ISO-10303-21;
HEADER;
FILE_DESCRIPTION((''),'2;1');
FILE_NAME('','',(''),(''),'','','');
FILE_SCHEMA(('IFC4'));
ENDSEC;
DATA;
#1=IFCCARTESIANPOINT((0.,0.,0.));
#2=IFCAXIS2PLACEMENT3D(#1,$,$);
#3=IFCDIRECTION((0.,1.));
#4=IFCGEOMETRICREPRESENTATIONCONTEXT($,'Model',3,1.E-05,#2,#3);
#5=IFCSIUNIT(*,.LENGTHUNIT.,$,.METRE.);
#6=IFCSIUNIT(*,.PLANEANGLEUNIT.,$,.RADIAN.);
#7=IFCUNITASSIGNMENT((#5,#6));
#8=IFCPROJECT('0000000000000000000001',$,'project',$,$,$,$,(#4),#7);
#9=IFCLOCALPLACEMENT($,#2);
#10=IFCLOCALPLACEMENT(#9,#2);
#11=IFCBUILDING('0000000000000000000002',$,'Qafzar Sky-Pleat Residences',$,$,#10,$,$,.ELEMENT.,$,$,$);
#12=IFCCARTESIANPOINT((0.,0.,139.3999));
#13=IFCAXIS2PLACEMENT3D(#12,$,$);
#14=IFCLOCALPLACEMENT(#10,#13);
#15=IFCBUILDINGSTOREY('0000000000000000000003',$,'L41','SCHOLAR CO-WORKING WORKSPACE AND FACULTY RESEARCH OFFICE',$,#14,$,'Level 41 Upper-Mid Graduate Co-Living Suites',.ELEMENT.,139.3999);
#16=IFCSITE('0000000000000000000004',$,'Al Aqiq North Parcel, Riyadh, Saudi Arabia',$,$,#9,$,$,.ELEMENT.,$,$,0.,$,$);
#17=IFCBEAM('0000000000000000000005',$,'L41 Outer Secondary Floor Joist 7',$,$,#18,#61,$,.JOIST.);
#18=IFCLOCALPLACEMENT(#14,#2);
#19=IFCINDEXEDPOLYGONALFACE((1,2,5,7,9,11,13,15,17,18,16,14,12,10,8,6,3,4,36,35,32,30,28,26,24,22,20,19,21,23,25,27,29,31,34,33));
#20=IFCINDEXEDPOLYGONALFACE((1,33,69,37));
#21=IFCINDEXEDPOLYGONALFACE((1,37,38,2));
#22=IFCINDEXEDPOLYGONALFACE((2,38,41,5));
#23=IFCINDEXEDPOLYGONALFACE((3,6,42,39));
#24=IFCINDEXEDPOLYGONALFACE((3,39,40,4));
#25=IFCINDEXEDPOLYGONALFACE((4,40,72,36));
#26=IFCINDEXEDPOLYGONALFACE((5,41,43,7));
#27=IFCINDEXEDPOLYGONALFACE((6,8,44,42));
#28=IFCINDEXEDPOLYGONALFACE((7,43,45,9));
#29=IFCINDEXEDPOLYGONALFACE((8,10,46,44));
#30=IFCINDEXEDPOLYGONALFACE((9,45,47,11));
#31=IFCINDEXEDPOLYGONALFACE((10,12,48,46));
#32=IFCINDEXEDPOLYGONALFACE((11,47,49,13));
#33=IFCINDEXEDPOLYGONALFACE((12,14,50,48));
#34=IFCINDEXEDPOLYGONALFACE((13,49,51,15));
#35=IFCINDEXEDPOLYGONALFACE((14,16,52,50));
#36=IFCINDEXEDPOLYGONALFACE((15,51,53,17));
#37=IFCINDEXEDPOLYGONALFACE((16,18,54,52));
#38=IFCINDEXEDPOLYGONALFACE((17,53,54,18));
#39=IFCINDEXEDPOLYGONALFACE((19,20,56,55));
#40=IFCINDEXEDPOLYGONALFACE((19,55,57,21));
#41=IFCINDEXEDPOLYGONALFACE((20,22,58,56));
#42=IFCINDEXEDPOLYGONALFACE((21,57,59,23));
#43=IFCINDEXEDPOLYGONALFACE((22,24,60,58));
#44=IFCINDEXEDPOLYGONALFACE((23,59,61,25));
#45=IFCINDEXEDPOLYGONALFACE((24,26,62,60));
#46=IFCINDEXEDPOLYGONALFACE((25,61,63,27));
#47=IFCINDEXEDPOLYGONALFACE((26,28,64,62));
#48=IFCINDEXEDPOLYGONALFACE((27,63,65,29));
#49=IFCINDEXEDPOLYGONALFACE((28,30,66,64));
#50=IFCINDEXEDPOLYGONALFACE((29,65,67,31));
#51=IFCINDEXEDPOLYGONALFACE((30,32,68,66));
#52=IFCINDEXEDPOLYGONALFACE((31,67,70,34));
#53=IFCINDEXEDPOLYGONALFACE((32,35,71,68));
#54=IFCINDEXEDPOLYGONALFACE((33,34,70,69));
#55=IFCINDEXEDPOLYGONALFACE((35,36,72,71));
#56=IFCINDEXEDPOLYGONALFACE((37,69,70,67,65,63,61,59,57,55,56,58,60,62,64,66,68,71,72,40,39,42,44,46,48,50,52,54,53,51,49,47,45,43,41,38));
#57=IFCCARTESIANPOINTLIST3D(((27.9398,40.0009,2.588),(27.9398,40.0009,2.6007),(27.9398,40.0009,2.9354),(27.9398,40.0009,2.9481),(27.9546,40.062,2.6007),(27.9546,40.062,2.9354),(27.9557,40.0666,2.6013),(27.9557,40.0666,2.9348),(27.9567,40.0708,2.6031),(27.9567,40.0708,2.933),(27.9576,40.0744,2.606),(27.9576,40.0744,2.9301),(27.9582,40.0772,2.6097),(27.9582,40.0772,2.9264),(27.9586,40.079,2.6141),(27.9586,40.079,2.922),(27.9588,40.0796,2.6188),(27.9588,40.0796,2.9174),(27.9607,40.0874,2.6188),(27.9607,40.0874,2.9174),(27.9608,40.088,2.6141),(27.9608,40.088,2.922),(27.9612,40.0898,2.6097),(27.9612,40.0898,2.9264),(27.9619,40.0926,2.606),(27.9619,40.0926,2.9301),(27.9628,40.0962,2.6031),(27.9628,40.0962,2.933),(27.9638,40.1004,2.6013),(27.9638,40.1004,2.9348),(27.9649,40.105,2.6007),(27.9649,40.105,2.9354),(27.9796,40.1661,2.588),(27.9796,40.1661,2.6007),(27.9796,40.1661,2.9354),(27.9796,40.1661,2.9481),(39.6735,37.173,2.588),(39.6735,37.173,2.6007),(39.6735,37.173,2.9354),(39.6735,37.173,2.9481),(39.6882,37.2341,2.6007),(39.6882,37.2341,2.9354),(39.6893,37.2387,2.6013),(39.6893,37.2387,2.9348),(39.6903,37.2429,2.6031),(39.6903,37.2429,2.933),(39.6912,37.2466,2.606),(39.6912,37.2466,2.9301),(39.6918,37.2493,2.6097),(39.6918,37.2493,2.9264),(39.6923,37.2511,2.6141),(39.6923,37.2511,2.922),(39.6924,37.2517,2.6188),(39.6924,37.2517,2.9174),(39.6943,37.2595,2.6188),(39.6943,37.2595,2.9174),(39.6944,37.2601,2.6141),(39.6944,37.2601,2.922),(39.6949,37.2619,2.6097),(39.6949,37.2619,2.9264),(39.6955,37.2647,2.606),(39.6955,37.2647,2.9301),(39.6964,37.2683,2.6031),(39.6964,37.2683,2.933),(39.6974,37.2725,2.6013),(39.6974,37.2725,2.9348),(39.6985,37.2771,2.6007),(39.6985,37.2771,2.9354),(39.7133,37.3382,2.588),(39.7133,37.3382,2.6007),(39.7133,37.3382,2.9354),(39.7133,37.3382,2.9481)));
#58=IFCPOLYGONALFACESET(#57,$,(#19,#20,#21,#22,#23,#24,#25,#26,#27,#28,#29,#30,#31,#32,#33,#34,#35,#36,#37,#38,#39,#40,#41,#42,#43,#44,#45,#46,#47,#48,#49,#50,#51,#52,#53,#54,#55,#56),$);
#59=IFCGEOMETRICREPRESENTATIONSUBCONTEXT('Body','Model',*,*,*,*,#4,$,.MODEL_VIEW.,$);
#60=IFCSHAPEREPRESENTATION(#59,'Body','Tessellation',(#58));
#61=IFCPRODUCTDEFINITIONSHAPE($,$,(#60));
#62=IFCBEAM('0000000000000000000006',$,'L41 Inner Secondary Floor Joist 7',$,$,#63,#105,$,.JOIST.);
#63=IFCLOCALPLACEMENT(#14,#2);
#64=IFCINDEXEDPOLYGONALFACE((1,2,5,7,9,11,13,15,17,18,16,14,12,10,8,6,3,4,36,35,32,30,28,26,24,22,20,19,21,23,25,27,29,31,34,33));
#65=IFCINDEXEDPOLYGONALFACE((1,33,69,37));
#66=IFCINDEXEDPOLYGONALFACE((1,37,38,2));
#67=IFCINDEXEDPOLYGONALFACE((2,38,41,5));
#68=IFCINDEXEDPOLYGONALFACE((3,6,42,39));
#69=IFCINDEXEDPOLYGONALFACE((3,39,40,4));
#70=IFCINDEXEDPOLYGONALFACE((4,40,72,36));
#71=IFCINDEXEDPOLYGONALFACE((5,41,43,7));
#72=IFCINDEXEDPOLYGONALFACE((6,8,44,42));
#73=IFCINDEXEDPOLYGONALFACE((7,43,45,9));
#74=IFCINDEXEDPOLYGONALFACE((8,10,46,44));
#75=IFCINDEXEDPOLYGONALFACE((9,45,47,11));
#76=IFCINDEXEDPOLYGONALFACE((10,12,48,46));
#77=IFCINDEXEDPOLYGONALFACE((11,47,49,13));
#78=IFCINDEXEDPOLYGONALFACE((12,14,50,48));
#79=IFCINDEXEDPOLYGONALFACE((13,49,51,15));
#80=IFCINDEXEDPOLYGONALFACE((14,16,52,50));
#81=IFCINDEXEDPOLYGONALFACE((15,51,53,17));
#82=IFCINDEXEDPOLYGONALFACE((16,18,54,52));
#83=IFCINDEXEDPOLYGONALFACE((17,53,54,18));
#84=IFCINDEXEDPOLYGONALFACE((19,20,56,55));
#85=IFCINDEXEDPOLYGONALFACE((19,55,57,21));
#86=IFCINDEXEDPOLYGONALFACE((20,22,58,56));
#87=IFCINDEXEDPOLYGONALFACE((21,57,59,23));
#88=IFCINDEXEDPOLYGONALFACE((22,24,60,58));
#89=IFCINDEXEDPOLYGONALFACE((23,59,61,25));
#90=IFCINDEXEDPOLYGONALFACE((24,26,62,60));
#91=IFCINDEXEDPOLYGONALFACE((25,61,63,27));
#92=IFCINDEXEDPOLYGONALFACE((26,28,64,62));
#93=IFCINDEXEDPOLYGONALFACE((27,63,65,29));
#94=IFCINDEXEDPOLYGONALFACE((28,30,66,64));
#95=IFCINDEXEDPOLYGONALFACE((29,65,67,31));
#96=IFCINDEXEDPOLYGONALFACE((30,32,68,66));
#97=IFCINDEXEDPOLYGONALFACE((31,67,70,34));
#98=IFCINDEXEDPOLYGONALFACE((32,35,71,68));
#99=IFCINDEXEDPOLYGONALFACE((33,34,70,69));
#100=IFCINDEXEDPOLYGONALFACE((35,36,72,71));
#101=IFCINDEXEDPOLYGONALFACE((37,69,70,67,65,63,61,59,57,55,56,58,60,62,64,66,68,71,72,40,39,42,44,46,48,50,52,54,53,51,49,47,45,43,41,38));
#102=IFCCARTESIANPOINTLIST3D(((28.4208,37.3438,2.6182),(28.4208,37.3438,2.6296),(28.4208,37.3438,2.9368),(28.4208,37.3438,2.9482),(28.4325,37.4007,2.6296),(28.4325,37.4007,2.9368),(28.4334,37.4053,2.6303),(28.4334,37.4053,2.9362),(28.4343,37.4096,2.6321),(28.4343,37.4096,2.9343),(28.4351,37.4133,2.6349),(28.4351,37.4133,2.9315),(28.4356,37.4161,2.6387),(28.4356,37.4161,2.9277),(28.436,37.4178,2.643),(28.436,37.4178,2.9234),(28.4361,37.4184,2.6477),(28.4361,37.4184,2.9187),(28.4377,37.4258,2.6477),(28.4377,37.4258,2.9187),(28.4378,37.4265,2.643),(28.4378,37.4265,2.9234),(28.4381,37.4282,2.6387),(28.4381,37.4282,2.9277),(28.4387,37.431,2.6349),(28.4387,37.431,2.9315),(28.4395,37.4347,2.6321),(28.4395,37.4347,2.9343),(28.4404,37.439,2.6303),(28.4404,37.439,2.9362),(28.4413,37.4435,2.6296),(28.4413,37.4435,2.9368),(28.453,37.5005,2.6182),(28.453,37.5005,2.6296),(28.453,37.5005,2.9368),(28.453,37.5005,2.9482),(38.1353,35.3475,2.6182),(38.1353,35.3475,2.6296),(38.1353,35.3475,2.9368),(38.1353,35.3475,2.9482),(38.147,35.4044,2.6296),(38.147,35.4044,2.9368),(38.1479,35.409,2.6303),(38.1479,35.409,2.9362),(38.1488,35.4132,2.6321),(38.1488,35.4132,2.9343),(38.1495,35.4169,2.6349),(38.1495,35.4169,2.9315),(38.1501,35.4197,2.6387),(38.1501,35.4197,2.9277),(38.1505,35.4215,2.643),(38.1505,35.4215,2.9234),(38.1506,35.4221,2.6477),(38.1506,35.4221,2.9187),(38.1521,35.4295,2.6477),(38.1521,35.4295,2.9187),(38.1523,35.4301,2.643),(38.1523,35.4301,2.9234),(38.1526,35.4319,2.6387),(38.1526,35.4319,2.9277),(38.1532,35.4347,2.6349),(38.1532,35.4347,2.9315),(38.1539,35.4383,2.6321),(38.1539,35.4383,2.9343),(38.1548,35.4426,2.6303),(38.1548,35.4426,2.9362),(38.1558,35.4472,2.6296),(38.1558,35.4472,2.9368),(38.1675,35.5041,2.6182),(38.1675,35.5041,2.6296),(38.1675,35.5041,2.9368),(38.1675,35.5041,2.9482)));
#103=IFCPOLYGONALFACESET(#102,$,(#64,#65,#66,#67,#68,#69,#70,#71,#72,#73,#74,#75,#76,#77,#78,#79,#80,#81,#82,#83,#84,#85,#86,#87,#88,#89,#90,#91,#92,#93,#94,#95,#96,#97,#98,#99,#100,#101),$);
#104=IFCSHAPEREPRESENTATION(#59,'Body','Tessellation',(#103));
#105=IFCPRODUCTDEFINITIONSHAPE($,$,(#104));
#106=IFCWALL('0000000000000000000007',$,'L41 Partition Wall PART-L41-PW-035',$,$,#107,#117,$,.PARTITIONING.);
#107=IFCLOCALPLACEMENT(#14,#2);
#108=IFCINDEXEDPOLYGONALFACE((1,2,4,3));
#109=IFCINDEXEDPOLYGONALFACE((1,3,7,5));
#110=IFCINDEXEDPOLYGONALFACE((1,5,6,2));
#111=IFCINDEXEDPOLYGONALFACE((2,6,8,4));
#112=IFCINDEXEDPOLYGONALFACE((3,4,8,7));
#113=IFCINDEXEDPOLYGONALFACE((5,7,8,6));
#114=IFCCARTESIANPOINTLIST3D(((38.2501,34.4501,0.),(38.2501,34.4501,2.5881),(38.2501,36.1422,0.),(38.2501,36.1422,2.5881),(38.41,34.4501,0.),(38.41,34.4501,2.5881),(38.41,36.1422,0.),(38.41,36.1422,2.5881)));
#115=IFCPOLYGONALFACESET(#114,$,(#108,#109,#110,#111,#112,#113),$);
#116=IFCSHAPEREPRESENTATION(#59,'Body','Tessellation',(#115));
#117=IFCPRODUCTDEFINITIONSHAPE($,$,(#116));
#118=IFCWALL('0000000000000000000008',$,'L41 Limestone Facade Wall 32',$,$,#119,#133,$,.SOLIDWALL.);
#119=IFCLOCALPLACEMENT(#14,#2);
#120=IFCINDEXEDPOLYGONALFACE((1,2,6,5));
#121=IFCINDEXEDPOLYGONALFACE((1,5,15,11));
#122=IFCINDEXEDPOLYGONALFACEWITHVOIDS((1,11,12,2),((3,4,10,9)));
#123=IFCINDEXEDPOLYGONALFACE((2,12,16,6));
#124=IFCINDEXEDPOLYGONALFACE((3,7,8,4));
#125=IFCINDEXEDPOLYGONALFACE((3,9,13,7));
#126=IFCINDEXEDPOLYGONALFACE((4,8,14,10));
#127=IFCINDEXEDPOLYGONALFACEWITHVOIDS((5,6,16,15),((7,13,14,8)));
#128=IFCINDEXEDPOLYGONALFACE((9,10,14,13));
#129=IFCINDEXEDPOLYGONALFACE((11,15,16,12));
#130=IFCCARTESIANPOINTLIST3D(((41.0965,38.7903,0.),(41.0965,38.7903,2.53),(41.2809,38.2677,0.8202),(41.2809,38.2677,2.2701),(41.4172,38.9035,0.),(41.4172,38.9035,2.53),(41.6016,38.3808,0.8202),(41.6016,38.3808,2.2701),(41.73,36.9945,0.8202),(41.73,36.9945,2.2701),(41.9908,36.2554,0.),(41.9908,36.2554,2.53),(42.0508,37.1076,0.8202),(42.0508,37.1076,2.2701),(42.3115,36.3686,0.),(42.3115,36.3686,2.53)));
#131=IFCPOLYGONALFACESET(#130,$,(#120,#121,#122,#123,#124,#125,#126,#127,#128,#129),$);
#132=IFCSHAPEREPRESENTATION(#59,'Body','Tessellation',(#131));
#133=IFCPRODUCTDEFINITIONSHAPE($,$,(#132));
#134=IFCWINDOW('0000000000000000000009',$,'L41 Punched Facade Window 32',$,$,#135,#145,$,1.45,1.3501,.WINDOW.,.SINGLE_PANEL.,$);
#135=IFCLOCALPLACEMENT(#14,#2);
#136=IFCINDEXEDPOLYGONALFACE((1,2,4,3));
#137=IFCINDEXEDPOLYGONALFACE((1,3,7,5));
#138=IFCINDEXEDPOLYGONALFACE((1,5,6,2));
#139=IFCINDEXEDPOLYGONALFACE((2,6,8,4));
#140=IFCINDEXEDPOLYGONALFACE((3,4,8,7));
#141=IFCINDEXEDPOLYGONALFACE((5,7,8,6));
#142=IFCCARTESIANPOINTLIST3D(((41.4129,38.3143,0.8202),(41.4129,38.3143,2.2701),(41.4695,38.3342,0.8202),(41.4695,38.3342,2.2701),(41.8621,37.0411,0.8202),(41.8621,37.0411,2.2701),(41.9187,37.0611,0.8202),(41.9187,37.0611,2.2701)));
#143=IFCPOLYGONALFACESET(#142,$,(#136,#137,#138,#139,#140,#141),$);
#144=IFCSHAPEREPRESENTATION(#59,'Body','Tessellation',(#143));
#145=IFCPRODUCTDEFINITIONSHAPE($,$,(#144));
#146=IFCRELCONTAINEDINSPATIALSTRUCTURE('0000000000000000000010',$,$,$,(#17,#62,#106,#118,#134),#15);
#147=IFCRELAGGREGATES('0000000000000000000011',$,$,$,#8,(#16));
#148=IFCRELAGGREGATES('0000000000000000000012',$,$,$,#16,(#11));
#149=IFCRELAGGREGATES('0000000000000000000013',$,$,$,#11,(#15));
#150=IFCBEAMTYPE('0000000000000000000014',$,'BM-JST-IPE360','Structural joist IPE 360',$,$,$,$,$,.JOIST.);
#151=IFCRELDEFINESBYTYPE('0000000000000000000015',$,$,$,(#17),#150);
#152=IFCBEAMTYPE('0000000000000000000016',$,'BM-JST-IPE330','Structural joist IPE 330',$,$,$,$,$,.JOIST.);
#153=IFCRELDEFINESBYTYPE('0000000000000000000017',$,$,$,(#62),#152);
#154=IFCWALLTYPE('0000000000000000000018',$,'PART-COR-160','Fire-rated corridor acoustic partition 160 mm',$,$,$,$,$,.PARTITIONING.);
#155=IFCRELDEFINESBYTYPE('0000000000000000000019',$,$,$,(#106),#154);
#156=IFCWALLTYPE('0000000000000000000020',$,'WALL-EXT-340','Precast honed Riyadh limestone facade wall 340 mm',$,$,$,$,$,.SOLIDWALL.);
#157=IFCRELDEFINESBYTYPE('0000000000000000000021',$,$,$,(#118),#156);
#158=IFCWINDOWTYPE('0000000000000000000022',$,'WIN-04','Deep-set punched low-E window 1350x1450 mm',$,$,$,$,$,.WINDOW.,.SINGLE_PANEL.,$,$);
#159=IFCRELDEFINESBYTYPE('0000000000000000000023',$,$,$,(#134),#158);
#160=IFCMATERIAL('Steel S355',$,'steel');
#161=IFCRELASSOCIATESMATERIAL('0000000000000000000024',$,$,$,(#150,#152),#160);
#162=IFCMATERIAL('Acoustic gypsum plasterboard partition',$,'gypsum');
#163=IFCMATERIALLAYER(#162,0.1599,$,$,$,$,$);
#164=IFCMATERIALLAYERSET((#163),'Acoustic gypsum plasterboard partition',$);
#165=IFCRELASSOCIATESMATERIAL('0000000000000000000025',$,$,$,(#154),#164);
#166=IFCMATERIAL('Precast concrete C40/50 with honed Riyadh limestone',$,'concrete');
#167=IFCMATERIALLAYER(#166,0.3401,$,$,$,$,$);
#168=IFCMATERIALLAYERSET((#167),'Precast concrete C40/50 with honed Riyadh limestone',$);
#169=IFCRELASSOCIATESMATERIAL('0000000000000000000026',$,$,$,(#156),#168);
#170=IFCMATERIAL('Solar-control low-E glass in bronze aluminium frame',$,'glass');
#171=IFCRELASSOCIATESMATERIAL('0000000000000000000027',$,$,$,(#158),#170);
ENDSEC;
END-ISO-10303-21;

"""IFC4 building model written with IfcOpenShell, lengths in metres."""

from ifc_helpers import new_model, si_unit, direction, frame, frame_2d, origin, origin_2d, place, context, subcontext, project, spatial, rectangle, i_section, extrude, source, transform, mapped, material, layer, layer_set, material_profile, profile_set, type_object, element, fill, save


model = new_model("IFC4")

# Units and contexts
model_context = context("Model", 3, precision=1e-05, world=origin(), true_north=direction((0.0, 1.0)))
body_context = subcontext(model_context, "Body", "Model", "MODEL_VIEW")
ifc_project = project(units=[si_unit("LENGTHUNIT", "METRE"), si_unit("PLANEANGLEUNIT", "RADIAN")], contexts=[model_context])

# Site, building, storey
site_placement = place(None, origin())
site = spatial("IfcSite", under=ifc_project, at=site_placement, Name="Al Aqiq North Parcel, Riyadh, Saudi Arabia", CompositionType="ELEMENT", RefElevation=0.0)
building_placement = place(site_placement, origin())
building = spatial("IfcBuilding", under=site, at=building_placement, Name="Qafzar Sky-Pleat Residences", CompositionType="ELEMENT")
storey_placement = place(building_placement, frame((0.0, 0.0, 139.3999)))
storey = spatial("IfcBuildingStorey", under=building, at=storey_placement, Name="L41", Description="SCHOLAR CO-WORKING WORKSPACE AND FACULTY RESEARCH OFFICE", LongName="Level 41 Upper-Mid Graduate Co-Living Suites", CompositionType="ELEMENT", Elevation=139.3999)

# Beams
ifc_material_1 = material(Name="Steel S355", Category="steel")
ifc_material_profile_1 = material_profile(ifc_material_1, i_section(OverallWidth=0.1699, OverallDepth=0.3601, WebThickness=0.0081, FlangeThickness=0.0127, FilletRadius=0.0181, at=origin_2d()), Name="IPE 360")
ifc_profile_set_1 = profile_set([ifc_material_profile_1], Name="Steel S355")
beam_type_1 = type_object("IfcBeamType", Name="BM-JST-IPE360", Description="Structural joist IPE 360", PredefinedType="JOIST", material=ifc_profile_set_1)
shared_shape_1 = source(origin(), body_context, "Body", "SweptSolid", [
    extrude(i_section(OverallWidth=0.1699, OverallDepth=0.3601, WebThickness=0.0081, FlangeThickness=0.0127, FilletRadius=0.0181, at=origin_2d()), origin(), (0.0, 0.0, 1.0), 12.0696),
])
beam_1_placement = place(storey_placement, frame((39.6934, 37.2556, 2.7681), z_axis=(-0.972165, 0.234298, 0.0), x_axis=(-0.234298, -0.972165, 0.0)))
element("IfcBeam", 1, at=beam_1_placement, inside=storey, type_object=beam_type_1, Name="L41 Outer Secondary Floor Joist 7", PredefinedType="JOIST", context=body_context, shape_type="MappedRepresentation", body=[
    mapped(shared_shape_1, transform((0.0, 0.0, 0.0), x_axis=(1.0, 0.0, 0.0), y_axis=(0.0, 1.0, 0.0), z_axis=(0.0, 0.0, 1.0), scale=1.0)),
])
ifc_material_profile_2 = material_profile(ifc_material_1, i_section(OverallWidth=0.1599, OverallDepth=0.3301, WebThickness=0.0076, FlangeThickness=0.0115, FilletRadius=0.0181, at=origin_2d()), Name="IPE 330")
ifc_profile_set_2 = profile_set([ifc_material_profile_2], Name="Steel S355")
beam_type_2 = type_object("IfcBeamType", Name="BM-JST-IPE330", Description="Structural joist IPE 330", PredefinedType="JOIST", material=ifc_profile_set_2)
shared_shape_2 = source(origin(), body_context, "Body", "SweptSolid", [
    extrude(i_section(OverallWidth=0.1599, OverallDepth=0.3301, WebThickness=0.0076, FlangeThickness=0.0115, FilletRadius=0.0181, at=origin_2d()), origin(), (0.0, 0.0, 1.0), 9.9175),
])
beam_2_placement = place(storey_placement, frame((38.1514, 35.4258, 2.7832), z_axis=(-0.97953, 0.201297, 0.0), x_axis=(-0.201297, -0.97953, 0.0)))
element("IfcBeam", 2, at=beam_2_placement, inside=storey, type_object=beam_type_2, Name="L41 Inner Secondary Floor Joist 7", PredefinedType="JOIST", context=body_context, shape_type="MappedRepresentation", body=[
    mapped(shared_shape_2, transform((0.0, 0.0, 0.0), x_axis=(1.0, 0.0, 0.0), y_axis=(0.0, 1.0, 0.0), z_axis=(0.0, 0.0, 1.0), scale=1.0)),
])

# Wall
ifc_material_2 = material(Name="Acoustic gypsum plasterboard partition", Category="gypsum")
ifc_layer_1 = layer(ifc_material_2, 0.1599)
ifc_layer_set_1 = layer_set([ifc_layer_1], Name="Acoustic gypsum plasterboard partition")
wall_type_1 = type_object("IfcWallType", Name="PART-COR-160", Description="Fire-rated corridor acoustic partition 160 mm", PredefinedType="PARTITIONING", material=ifc_layer_set_1)
wall_1_placement = place(storey_placement, frame((38.3301, 34.45, 0.0), z_axis=(0.0, 0.0, 1.0), x_axis=(0.0, 1.0, 0.0)))
element("IfcWall", 3, at=wall_1_placement, inside=storey, type_object=wall_type_1, Name="L41 Partition Wall PART-L41-PW-035", PredefinedType="PARTITIONING", context=body_context, shape_type="SweptSolid", body=[
    extrude(rectangle(XDim=1.6921, YDim=0.1599, at=frame_2d((0.8462, 0.0))), origin(), (0.0, 0.0, 1.0), 2.5881),
])

# Wall, opening, window
ifc_material_3 = material(Name="Precast concrete C40/50 with honed Riyadh limestone", Category="concrete")
ifc_layer_2 = layer(ifc_material_3, 0.3401)
ifc_layer_set_2 = layer_set([ifc_layer_2], Name="Precast concrete C40/50 with honed Riyadh limestone")
wall_type_2 = type_object("IfcWallType", Name="WALL-EXT-340", Description="Precast honed Riyadh limestone facade wall 340 mm", PredefinedType="SOLIDWALL", material=ifc_layer_set_2)
wall_2_placement = place(storey_placement, frame((42.1511, 36.312, 0.0), z_axis=(0.0, 0.0, 1.0), x_axis=(-0.332692, 0.943036, 0.0)))
wall_2 = element("IfcWall", 4, at=wall_2_placement, inside=storey, type_object=wall_type_2, Name="L41 Limestone Facade Wall 32", PredefinedType="SOLIDWALL", context=body_context, shape_type="SweptSolid", body=[
    extrude(rectangle(XDim=2.688, YDim=0.3401, at=frame_2d((1.344, 0.0))), origin(), (0.0, 0.0, 1.0), 2.53),
])
opening_1_placement = place(wall_2_placement, frame((0.7837, 0.0, 0.8201)))
opening_1 = element("IfcOpeningElement", 5, at=opening_1_placement, cuts=wall_2, PredefinedType="OPENING", context=body_context, shape_type="SweptSolid", body=[
    extrude(rectangle(XDim=1.3501, YDim=1.45, at=frame_2d((0.675, 0.7251))), frame((0.0, 0.1802, 0.0), z_axis=(0.0, -1.0, 0.0), x_axis=(1.0, 0.0, 0.0)), (0.0, 0.0, 1.0), 0.3601),
])
ifc_material_4 = material(Name="Solar-control low-E glass in bronze aluminium frame", Category="glass")
window_type_1 = type_object("IfcWindowType", Name="WIN-04", Description="Deep-set punched low-E window 1350x1450 mm", PartitioningType="SINGLE_PANEL", PredefinedType="WINDOW", material=ifc_material_4)
shared_shape_3 = source(origin(), body_context, "Body", "SweptSolid", [
    extrude(rectangle(XDim=1.3501, YDim=1.45, at=frame_2d((0.675, 0.7251))), frame((0.0, 0.03, 0.0), z_axis=(0.0, -1.0, 0.0), x_axis=(1.0, 0.0, 0.0)), (0.0, 0.0, 1.0), 0.0601),
])
window_1_placement = place(opening_1_placement, origin())
window_1 = element("IfcWindow", 6, at=window_1_placement, inside=storey, type_object=window_type_1, Name="L41 Punched Facade Window 32", OverallHeight=1.45, OverallWidth=1.3501, PartitioningType="SINGLE_PANEL", PredefinedType="WINDOW", context=body_context, shape_type="MappedRepresentation", body=[
    mapped(shared_shape_3, transform((0.0, 0.0, 0.0), x_axis=(1.0, 0.0, 0.0), y_axis=(0.0, 1.0, 0.0), z_axis=(0.0, 0.0, 1.0), scale=1.0)),
])
fill(opening_1, window_1)

save(model, "model.ifc")
